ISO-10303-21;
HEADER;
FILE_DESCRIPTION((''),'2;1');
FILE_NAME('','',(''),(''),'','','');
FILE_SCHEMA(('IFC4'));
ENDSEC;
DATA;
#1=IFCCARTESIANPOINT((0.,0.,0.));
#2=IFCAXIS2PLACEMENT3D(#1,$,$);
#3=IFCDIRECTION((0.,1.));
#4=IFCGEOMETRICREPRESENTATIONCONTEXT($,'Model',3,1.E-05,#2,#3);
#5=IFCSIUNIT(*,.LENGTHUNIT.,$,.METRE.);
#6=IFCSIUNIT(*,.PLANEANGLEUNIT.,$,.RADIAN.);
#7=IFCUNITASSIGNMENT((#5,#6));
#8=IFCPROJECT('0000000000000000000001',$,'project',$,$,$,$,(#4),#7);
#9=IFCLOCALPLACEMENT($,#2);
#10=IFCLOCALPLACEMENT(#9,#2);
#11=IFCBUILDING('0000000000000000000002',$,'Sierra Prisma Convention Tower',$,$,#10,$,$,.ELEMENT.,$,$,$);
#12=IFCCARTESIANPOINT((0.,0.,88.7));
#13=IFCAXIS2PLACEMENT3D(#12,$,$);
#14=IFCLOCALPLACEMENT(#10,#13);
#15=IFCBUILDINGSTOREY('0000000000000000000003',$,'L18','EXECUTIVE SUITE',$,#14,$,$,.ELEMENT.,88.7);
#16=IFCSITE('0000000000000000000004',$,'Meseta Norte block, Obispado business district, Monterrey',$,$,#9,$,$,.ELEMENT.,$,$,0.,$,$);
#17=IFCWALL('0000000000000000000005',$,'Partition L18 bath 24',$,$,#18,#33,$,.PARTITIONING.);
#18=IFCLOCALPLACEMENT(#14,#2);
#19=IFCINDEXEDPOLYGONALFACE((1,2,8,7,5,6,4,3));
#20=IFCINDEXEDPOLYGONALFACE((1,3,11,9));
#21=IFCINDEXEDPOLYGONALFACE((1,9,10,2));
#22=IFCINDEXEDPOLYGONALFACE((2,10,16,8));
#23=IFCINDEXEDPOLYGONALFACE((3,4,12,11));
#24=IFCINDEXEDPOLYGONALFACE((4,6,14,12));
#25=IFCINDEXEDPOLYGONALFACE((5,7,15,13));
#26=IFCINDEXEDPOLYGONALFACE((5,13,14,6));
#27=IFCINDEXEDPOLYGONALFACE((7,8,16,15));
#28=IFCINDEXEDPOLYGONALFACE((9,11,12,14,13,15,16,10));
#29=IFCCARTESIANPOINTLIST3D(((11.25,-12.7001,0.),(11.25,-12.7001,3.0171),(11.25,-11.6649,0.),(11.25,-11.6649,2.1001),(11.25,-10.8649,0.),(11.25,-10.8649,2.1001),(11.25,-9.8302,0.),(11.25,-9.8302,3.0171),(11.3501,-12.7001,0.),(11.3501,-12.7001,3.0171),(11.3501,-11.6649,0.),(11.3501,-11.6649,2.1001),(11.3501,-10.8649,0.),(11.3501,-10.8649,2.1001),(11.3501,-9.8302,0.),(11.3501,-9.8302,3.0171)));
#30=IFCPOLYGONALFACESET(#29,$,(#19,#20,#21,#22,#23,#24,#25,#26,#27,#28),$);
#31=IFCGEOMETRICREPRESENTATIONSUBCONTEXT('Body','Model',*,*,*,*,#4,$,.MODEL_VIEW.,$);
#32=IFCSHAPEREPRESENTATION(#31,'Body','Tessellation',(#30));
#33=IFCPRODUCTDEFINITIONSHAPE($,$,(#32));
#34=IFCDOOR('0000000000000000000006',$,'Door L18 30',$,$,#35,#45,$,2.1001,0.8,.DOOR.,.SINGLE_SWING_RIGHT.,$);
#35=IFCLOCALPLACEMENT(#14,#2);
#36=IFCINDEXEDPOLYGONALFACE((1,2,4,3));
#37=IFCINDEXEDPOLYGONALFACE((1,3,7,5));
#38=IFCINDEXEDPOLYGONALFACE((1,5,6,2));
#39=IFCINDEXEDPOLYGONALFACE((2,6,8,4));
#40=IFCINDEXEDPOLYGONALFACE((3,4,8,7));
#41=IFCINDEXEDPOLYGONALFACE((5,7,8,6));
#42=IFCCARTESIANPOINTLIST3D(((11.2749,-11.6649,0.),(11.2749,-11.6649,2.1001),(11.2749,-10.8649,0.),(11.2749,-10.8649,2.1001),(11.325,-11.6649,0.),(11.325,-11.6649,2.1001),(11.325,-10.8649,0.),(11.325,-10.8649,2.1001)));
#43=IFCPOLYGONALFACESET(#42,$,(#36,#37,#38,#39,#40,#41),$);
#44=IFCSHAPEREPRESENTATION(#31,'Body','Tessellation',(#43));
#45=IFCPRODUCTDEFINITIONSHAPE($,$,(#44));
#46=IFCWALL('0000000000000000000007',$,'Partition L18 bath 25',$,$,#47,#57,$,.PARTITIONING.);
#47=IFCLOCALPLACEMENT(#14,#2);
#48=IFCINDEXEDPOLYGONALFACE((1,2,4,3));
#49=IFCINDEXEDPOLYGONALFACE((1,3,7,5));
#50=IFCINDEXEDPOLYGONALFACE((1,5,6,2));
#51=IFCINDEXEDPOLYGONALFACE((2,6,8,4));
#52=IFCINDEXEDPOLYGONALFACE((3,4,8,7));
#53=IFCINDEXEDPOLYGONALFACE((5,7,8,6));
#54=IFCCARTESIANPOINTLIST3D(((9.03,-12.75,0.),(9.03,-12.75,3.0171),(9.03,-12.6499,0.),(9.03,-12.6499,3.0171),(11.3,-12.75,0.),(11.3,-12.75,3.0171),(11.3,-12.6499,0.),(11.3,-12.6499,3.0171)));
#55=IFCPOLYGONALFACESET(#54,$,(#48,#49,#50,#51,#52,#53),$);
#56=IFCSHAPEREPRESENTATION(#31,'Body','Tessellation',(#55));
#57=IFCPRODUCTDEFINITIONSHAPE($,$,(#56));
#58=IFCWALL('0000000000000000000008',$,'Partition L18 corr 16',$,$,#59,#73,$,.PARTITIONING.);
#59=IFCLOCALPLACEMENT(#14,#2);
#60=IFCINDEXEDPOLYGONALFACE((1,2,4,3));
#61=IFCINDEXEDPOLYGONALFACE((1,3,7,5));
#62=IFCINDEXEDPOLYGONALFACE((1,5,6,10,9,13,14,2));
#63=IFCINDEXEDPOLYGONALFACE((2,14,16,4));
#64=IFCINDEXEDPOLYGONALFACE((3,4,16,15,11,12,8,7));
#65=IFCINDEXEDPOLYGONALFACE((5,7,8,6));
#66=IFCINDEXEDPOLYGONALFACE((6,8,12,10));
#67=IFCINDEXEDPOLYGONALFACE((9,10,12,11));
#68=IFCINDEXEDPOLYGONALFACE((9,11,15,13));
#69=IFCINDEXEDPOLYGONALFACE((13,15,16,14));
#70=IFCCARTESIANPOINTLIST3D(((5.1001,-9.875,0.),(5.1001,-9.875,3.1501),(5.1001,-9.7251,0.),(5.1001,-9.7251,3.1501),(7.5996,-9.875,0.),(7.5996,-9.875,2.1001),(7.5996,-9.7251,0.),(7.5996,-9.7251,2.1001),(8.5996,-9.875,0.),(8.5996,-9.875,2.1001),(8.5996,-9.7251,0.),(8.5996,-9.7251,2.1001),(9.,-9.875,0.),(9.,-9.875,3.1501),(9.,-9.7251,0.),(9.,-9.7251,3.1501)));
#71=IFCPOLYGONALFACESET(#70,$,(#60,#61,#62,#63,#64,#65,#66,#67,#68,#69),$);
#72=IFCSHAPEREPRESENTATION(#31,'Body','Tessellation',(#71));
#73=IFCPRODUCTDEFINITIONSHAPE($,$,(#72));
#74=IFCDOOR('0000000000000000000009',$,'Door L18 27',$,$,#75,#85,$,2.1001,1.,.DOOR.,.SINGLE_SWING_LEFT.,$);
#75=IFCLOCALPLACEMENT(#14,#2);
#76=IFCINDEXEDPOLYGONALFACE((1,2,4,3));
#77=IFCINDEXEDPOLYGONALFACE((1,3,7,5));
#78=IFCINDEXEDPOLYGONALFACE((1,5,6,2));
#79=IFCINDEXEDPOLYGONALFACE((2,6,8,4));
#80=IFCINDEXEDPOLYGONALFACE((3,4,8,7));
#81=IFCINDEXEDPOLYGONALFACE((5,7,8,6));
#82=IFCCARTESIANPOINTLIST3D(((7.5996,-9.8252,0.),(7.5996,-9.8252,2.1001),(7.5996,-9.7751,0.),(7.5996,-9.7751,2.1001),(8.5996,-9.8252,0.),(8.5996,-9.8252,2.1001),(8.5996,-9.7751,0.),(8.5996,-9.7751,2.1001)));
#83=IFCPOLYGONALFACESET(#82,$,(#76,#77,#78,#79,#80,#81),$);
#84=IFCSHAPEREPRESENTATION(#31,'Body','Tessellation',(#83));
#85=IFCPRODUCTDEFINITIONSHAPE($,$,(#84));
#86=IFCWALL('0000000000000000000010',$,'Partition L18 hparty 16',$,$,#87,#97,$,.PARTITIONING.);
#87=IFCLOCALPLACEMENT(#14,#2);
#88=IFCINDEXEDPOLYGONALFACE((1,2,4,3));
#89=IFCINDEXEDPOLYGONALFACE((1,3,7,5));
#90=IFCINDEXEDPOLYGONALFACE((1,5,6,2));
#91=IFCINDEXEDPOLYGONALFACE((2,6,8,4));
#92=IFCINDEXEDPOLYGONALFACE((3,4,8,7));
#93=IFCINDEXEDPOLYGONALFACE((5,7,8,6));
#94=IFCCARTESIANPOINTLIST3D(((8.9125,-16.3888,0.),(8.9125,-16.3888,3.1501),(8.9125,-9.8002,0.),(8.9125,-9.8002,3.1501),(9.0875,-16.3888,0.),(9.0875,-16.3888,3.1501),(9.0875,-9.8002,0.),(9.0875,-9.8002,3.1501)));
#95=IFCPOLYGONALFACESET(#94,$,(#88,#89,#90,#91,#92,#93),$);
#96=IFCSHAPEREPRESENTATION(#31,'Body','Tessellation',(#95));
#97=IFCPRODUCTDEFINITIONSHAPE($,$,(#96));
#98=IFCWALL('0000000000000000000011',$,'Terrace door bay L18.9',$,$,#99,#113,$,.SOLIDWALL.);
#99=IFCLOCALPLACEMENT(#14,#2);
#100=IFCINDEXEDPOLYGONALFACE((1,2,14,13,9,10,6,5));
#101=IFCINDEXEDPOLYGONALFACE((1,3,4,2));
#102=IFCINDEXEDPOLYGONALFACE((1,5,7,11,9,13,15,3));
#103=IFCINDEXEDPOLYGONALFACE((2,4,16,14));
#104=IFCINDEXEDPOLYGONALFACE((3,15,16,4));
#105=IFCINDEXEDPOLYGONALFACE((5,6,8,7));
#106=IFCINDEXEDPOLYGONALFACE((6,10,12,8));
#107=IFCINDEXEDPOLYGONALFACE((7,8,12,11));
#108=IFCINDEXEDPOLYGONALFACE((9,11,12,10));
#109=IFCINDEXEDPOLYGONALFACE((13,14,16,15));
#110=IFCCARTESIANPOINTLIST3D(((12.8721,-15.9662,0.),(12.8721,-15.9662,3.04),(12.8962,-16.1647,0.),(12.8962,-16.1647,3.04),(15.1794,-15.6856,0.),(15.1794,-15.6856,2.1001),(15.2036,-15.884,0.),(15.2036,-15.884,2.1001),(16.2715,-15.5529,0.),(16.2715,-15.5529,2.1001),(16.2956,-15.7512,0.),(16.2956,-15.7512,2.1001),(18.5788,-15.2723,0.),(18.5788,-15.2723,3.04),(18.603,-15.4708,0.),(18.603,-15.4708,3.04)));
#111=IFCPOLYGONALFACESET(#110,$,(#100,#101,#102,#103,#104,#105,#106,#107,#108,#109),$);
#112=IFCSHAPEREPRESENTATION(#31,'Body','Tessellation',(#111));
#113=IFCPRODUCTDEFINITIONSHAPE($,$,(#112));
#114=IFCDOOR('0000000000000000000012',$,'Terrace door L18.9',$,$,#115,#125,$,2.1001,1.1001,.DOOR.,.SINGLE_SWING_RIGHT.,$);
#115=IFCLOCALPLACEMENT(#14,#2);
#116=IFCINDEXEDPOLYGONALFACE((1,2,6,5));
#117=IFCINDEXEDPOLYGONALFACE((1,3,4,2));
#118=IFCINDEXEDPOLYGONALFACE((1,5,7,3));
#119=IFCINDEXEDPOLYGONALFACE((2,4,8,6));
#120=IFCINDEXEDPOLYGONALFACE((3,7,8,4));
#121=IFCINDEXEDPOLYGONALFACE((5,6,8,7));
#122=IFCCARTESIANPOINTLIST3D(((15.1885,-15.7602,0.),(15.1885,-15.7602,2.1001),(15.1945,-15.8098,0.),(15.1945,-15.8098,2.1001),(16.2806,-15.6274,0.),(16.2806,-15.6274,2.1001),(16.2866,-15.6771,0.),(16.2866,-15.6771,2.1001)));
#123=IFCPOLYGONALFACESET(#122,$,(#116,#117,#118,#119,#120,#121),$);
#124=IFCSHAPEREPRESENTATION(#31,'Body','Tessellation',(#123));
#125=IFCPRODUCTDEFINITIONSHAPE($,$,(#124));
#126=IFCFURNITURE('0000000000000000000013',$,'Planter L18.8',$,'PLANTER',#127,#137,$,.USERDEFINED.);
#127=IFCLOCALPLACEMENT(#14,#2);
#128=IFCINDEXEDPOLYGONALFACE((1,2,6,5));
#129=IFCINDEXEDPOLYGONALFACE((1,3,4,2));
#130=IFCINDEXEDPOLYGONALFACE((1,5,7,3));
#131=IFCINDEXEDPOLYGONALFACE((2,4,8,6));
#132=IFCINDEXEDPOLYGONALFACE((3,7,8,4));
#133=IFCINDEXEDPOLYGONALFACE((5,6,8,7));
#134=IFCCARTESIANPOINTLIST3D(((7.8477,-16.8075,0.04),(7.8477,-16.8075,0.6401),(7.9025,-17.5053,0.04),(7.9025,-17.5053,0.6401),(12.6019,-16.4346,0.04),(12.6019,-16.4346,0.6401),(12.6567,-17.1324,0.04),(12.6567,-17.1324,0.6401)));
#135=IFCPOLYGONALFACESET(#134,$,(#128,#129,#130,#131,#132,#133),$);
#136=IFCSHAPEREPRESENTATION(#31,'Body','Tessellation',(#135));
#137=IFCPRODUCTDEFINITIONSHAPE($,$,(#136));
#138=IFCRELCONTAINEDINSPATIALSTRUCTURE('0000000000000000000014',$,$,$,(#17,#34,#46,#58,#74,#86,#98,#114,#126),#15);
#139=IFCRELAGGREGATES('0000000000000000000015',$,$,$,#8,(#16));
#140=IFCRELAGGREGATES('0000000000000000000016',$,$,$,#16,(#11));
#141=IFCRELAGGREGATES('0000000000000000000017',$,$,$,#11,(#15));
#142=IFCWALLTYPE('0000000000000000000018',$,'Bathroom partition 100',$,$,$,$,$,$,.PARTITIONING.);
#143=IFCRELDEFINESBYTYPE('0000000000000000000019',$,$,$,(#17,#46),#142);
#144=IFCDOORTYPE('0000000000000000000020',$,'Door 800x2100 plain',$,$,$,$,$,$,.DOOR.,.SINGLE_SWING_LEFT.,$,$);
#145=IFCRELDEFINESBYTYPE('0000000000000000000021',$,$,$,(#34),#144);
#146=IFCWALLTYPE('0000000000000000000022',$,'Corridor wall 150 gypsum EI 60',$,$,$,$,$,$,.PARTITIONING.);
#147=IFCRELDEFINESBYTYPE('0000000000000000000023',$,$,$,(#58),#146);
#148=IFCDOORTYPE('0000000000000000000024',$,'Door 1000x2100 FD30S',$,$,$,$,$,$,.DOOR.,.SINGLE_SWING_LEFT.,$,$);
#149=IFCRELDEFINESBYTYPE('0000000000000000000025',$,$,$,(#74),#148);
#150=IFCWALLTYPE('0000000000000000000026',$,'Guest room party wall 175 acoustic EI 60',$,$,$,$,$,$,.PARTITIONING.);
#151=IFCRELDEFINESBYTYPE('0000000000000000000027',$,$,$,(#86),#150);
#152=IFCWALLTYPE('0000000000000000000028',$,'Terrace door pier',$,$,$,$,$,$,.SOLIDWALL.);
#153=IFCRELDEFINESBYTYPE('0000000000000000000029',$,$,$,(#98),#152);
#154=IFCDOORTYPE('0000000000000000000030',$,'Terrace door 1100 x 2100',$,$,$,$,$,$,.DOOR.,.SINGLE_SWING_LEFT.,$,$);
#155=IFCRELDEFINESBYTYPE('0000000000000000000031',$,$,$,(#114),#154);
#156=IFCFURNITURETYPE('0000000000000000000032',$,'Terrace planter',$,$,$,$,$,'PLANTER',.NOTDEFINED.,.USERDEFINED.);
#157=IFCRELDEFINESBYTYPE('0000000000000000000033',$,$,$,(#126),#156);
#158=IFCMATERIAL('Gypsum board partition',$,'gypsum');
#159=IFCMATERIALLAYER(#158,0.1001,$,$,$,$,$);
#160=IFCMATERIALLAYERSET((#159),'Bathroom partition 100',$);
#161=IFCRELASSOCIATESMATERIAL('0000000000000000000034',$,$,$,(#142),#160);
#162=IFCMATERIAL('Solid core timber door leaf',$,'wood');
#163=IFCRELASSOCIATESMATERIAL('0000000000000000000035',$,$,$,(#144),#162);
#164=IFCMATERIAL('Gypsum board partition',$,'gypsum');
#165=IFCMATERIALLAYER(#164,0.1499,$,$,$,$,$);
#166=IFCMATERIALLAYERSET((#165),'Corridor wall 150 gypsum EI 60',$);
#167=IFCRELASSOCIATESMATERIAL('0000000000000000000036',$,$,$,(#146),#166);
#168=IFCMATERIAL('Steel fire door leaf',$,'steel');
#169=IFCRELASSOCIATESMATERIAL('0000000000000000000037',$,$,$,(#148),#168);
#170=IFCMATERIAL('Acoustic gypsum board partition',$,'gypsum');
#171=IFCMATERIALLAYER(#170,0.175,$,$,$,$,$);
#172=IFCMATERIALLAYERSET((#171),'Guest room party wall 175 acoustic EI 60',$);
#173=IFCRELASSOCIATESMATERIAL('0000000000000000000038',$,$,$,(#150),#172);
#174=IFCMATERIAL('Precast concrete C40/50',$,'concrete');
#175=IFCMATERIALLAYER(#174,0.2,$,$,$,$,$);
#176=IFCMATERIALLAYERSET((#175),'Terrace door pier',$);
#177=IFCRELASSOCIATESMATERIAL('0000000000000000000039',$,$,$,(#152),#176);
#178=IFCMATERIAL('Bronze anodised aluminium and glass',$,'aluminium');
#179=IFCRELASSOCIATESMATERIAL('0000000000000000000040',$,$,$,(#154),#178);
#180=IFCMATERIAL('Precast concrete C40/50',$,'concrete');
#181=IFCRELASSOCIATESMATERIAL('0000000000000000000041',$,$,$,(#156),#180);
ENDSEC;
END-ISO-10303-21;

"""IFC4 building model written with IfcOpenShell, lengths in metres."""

from ifc_helpers import new_model, si_unit, direction, frame, frame_2d, origin, origin_2d, place, context, subcontext, project, spatial, rectangle, extrude, material, layer, layer_set, type_object, element, fill, save


model = new_model("IFC4")

# Units and contexts
model_context = context("Model", 3, precision=1e-05, world=origin(), true_north=direction((0.0, 1.0)))
body_context = subcontext(model_context, "Body", "Model", "MODEL_VIEW")
ifc_project = project(units=[si_unit("LENGTHUNIT", "METRE"), si_unit("PLANEANGLEUNIT", "RADIAN")], contexts=[model_context])

# Site, building, storey
site_placement = place(None, origin())
site = spatial("IfcSite", under=ifc_project, at=site_placement, Name="Meseta Norte block, Obispado business district, Monterrey", CompositionType="ELEMENT", RefElevation=0.0)
building_placement = place(site_placement, origin())
building = spatial("IfcBuilding", under=site, at=building_placement, Name="Sierra Prisma Convention Tower", CompositionType="ELEMENT")
storey_placement = place(building_placement, frame((0.0, 0.0, 88.7)))
storey = spatial("IfcBuildingStorey", under=building, at=storey_placement, Name="L18", Description="EXECUTIVE SUITE", CompositionType="ELEMENT", Elevation=88.7)

# Shared definitions
ifc_material_1 = material(Name="Gypsum board partition", Category="gypsum")
ifc_layer_1 = layer(ifc_material_1, 0.1001)
ifc_layer_set_1 = layer_set([ifc_layer_1], Name="Bathroom partition 100")
wall_type_1 = type_object("IfcWallType", Name="Bathroom partition 100", PredefinedType="PARTITIONING", material=ifc_layer_set_1)
ifc_material_2 = material(Name="Solid core timber door leaf", Category="wood")
door_type_1 = type_object("IfcDoorType", Name="Door 800x2100 plain", OperationType="SINGLE_SWING_LEFT", PredefinedType="DOOR", material=ifc_material_2)

# Wall, opening, door
wall_1_placement = place(storey_placement, frame((11.3, -9.8301, 0.0), z_axis=(0.0, 0.0, 1.0), x_axis=(0.0, -1.0, 0.0)))
wall_1 = element("IfcWall", 1, at=wall_1_placement, inside=storey, type_object=wall_type_1, Name="Partition L18 bath 24", PredefinedType="PARTITIONING", context=body_context, shape_type="SweptSolid", body=[
    extrude(rectangle(XDim=2.8699, YDim=0.1001, at=frame_2d((1.4351, 0.0))), origin(), (0.0, 0.0, 1.0), 3.0171),
])
opening_1_placement = place(wall_1_placement, frame((1.0349, 0.0, 0.0)))
opening_1 = element("IfcOpeningElement", 2, at=opening_1_placement, cuts=wall_1, PredefinedType="OPENING", context=body_context, shape_type="SweptSolid", body=[
    extrude(rectangle(XDim=0.8, YDim=2.1001, at=frame_2d((0.3999, 1.05))), frame((0.0, 0.05, 0.0), z_axis=(0.0, -1.0, 0.0), x_axis=(1.0, 0.0, 0.0)), (0.0, 0.0, 1.0), 0.1001),
])
door_1_placement = place(opening_1_placement, origin())
door_1 = element("IfcDoor", 3, at=door_1_placement, inside=storey, type_object=door_type_1, Name="Door L18 30", OperationType="SINGLE_SWING_RIGHT", OverallHeight=2.1001, OverallWidth=0.8, PredefinedType="DOOR", context=body_context, shape_type="SweptSolid", body=[
    extrude(rectangle(XDim=0.8, YDim=2.1001, at=frame_2d((0.3999, 1.05))), frame((0.0, 0.0249, 0.0), z_axis=(0.0, -1.0, 0.0), x_axis=(1.0, 0.0, 0.0)), (0.0, 0.0, 1.0), 0.05),
])
fill(opening_1, door_1)

# Wall
wall_2_placement = place(storey_placement, frame((11.3, -12.7, 0.0), z_axis=(0.0, 0.0, 1.0), x_axis=(-1.0, 0.0, 0.0)))
element("IfcWall", 4, at=wall_2_placement, inside=storey, type_object=wall_type_1, Name="Partition L18 bath 25", PredefinedType="PARTITIONING", context=body_context, shape_type="SweptSolid", body=[
    extrude(rectangle(XDim=2.27, YDim=0.1001, at=frame_2d((1.135, 0.0))), origin(), (0.0, 0.0, 1.0), 3.0171),
])

# Wall, opening, door
ifc_material_3 = material(Name="Gypsum board partition", Category="gypsum")
ifc_layer_2 = layer(ifc_material_3, 0.1499)
ifc_layer_set_2 = layer_set([ifc_layer_2], Name="Corridor wall 150 gypsum EI 60")
wall_type_2 = type_object("IfcWallType", Name="Corridor wall 150 gypsum EI 60", PredefinedType="PARTITIONING", material=ifc_layer_set_2)
wall_3_placement = place(storey_placement, frame((5.1001, -9.8, 0.0), z_axis=(0.0, 0.0, 1.0), x_axis=(1.0, 0.0, 0.0)))
wall_3 = element("IfcWall", 5, at=wall_3_placement, inside=storey, type_object=wall_type_2, Name="Partition L18 corr 16", PredefinedType="PARTITIONING", context=body_context, shape_type="SweptSolid", body=[
    extrude(rectangle(XDim=3.8999, YDim=0.1499, at=frame_2d((1.95, 0.0))), origin(), (0.0, 0.0, 1.0), 3.1501),
])
opening_2_placement = place(wall_3_placement, frame((2.4995, 0.0, 0.0)))
opening_2 = element("IfcOpeningElement", 6, at=opening_2_placement, cuts=wall_3, PredefinedType="OPENING", context=body_context, shape_type="SweptSolid", body=[
    extrude(rectangle(XDim=1.0, YDim=2.1001, at=frame_2d((0.5, 1.05))), frame((0.0, 0.075, 0.0), z_axis=(0.0, -1.0, 0.0), x_axis=(1.0, 0.0, 0.0)), (0.0, 0.0, 1.0), 0.1499),
])
ifc_material_4 = material(Name="Steel fire door leaf", Category="steel")
door_type_2 = type_object("IfcDoorType", Name="Door 1000x2100 FD30S", OperationType="SINGLE_SWING_LEFT", PredefinedType="DOOR", material=ifc_material_4)
door_2_placement = place(opening_2_placement, origin())
door_2 = element("IfcDoor", 7, at=door_2_placement, inside=storey, type_object=door_type_2, Name="Door L18 27", OperationType="SINGLE_SWING_LEFT", OverallHeight=2.1001, OverallWidth=1.0, PredefinedType="DOOR", context=body_context, shape_type="SweptSolid", body=[
    extrude(rectangle(XDim=1.0, YDim=2.1001, at=frame_2d((0.5, 1.05))), frame((0.0, 0.0249, 0.0), z_axis=(0.0, -1.0, 0.0), x_axis=(1.0, 0.0, 0.0)), (0.0, 0.0, 1.0), 0.05),
])
fill(opening_2, door_2)

# Wall
ifc_material_5 = material(Name="Acoustic gypsum board partition", Category="gypsum")
ifc_layer_3 = layer(ifc_material_5, 0.175)
ifc_layer_set_3 = layer_set([ifc_layer_3], Name="Guest room party wall 175 acoustic EI 60")
wall_type_3 = type_object("IfcWallType", Name="Guest room party wall 175 acoustic EI 60", PredefinedType="PARTITIONING", material=ifc_layer_set_3)
wall_4_placement = place(storey_placement, frame((9.0, -9.8, 0.0), z_axis=(0.0, 0.0, 1.0), x_axis=(0.0, -1.0, 0.0)))
element("IfcWall", 8, at=wall_4_placement, inside=storey, type_object=wall_type_3, Name="Partition L18 hparty 16", PredefinedType="PARTITIONING", context=body_context, shape_type="SweptSolid", body=[
    extrude(rectangle(XDim=6.5886, YDim=0.175, at=frame_2d((3.2944, 0.0))), origin(), (0.0, 0.0, 1.0), 3.1501),
])

# Wall, opening, door
ifc_material_6 = material(Name="Precast concrete C40/50", Category="concrete")
ifc_layer_4 = layer(ifc_material_6, 0.2)
ifc_layer_set_4 = layer_set([ifc_layer_4], Name="Terrace door pier")
wall_type_4 = type_object("IfcWallType", Name="Terrace door pier", PredefinedType="SOLIDWALL", material=ifc_layer_set_4)
wall_5_placement = place(storey_placement, frame((12.884, -16.0654, 0.0), z_axis=(0.0, 0.0, 1.0), x_axis=(0.99269, 0.120694, 0.0)))
wall_5 = element("IfcWall", 9, at=wall_5_placement, inside=storey, type_object=wall_type_4, Name="Terrace door bay L18.9", PredefinedType="SOLIDWALL", context=body_context, shape_type="SweptSolid", body=[
    extrude(rectangle(XDim=5.7488, YDim=0.2, at=frame_2d((2.8745, 0.0))), origin(), (0.0, 0.0, 1.0), 3.04),
])
opening_3_placement = place(wall_5_placement, frame((2.3245, 0.0, 0.0)))
opening_3 = element("IfcOpeningElement", 10, at=opening_3_placement, cuts=wall_5, PredefinedType="OPENING", context=body_context, shape_type="SweptSolid", body=[
    extrude(rectangle(XDim=1.1001, YDim=2.1001, at=frame_2d((0.55, 1.05))), frame((0.0, 0.1001, 0.0), z_axis=(0.0, -1.0, 0.0), x_axis=(1.0, 0.0, 0.0)), (0.0, 0.0, 1.0), 0.2),
])
ifc_material_7 = material(Name="Bronze anodised aluminium and glass", Category="aluminium")
door_type_3 = type_object("IfcDoorType", Name="Terrace door 1100 x 2100", OperationType="SINGLE_SWING_LEFT", PredefinedType="DOOR", material=ifc_material_7)
door_3_placement = place(opening_3_placement, origin())
door_3 = element("IfcDoor", 11, at=door_3_placement, inside=storey, type_object=door_type_3, Name="Terrace door L18.9", OperationType="SINGLE_SWING_RIGHT", OverallHeight=2.1001, OverallWidth=1.1001, PredefinedType="DOOR", context=body_context, shape_type="SweptSolid", body=[
    extrude(rectangle(XDim=1.1001, YDim=2.1001, at=frame_2d((0.55, 1.05))), frame((0.0, 0.0249, 0.0), z_axis=(0.0, -1.0, 0.0), x_axis=(1.0, 0.0, 0.0)), (0.0, 0.0, 1.0), 0.05),
])
fill(opening_3, door_3)

# Furniture
ifc_material_8 = material(Name="Precast concrete C40/50", Category="concrete")
furniture_type = type_object("IfcFurnitureType", Name="Terrace planter", ElementType="PLANTER", AssemblyPlace="NOTDEFINED", PredefinedType="USERDEFINED", material=ifc_material_8)
furniture_placement = place(storey_placement, frame((10.2522, -16.97, 0.04), z_axis=(0.0, 0.0, 1.0), x_axis=(0.996938, 0.0782, 0.0)))
element("IfcFurniture", 12, at=furniture_placement, inside=storey, type_object=furniture_type, Name="Planter L18.8", ObjectType="PLANTER", PredefinedType="USERDEFINED", context=body_context, shape_type="SweptSolid", body=[
    extrude(rectangle(XDim=4.7688, YDim=0.7, at=origin_2d()), origin(), (0.0, 0.0, 1.0), 0.6001),
])

save(model, "model.ifc")
